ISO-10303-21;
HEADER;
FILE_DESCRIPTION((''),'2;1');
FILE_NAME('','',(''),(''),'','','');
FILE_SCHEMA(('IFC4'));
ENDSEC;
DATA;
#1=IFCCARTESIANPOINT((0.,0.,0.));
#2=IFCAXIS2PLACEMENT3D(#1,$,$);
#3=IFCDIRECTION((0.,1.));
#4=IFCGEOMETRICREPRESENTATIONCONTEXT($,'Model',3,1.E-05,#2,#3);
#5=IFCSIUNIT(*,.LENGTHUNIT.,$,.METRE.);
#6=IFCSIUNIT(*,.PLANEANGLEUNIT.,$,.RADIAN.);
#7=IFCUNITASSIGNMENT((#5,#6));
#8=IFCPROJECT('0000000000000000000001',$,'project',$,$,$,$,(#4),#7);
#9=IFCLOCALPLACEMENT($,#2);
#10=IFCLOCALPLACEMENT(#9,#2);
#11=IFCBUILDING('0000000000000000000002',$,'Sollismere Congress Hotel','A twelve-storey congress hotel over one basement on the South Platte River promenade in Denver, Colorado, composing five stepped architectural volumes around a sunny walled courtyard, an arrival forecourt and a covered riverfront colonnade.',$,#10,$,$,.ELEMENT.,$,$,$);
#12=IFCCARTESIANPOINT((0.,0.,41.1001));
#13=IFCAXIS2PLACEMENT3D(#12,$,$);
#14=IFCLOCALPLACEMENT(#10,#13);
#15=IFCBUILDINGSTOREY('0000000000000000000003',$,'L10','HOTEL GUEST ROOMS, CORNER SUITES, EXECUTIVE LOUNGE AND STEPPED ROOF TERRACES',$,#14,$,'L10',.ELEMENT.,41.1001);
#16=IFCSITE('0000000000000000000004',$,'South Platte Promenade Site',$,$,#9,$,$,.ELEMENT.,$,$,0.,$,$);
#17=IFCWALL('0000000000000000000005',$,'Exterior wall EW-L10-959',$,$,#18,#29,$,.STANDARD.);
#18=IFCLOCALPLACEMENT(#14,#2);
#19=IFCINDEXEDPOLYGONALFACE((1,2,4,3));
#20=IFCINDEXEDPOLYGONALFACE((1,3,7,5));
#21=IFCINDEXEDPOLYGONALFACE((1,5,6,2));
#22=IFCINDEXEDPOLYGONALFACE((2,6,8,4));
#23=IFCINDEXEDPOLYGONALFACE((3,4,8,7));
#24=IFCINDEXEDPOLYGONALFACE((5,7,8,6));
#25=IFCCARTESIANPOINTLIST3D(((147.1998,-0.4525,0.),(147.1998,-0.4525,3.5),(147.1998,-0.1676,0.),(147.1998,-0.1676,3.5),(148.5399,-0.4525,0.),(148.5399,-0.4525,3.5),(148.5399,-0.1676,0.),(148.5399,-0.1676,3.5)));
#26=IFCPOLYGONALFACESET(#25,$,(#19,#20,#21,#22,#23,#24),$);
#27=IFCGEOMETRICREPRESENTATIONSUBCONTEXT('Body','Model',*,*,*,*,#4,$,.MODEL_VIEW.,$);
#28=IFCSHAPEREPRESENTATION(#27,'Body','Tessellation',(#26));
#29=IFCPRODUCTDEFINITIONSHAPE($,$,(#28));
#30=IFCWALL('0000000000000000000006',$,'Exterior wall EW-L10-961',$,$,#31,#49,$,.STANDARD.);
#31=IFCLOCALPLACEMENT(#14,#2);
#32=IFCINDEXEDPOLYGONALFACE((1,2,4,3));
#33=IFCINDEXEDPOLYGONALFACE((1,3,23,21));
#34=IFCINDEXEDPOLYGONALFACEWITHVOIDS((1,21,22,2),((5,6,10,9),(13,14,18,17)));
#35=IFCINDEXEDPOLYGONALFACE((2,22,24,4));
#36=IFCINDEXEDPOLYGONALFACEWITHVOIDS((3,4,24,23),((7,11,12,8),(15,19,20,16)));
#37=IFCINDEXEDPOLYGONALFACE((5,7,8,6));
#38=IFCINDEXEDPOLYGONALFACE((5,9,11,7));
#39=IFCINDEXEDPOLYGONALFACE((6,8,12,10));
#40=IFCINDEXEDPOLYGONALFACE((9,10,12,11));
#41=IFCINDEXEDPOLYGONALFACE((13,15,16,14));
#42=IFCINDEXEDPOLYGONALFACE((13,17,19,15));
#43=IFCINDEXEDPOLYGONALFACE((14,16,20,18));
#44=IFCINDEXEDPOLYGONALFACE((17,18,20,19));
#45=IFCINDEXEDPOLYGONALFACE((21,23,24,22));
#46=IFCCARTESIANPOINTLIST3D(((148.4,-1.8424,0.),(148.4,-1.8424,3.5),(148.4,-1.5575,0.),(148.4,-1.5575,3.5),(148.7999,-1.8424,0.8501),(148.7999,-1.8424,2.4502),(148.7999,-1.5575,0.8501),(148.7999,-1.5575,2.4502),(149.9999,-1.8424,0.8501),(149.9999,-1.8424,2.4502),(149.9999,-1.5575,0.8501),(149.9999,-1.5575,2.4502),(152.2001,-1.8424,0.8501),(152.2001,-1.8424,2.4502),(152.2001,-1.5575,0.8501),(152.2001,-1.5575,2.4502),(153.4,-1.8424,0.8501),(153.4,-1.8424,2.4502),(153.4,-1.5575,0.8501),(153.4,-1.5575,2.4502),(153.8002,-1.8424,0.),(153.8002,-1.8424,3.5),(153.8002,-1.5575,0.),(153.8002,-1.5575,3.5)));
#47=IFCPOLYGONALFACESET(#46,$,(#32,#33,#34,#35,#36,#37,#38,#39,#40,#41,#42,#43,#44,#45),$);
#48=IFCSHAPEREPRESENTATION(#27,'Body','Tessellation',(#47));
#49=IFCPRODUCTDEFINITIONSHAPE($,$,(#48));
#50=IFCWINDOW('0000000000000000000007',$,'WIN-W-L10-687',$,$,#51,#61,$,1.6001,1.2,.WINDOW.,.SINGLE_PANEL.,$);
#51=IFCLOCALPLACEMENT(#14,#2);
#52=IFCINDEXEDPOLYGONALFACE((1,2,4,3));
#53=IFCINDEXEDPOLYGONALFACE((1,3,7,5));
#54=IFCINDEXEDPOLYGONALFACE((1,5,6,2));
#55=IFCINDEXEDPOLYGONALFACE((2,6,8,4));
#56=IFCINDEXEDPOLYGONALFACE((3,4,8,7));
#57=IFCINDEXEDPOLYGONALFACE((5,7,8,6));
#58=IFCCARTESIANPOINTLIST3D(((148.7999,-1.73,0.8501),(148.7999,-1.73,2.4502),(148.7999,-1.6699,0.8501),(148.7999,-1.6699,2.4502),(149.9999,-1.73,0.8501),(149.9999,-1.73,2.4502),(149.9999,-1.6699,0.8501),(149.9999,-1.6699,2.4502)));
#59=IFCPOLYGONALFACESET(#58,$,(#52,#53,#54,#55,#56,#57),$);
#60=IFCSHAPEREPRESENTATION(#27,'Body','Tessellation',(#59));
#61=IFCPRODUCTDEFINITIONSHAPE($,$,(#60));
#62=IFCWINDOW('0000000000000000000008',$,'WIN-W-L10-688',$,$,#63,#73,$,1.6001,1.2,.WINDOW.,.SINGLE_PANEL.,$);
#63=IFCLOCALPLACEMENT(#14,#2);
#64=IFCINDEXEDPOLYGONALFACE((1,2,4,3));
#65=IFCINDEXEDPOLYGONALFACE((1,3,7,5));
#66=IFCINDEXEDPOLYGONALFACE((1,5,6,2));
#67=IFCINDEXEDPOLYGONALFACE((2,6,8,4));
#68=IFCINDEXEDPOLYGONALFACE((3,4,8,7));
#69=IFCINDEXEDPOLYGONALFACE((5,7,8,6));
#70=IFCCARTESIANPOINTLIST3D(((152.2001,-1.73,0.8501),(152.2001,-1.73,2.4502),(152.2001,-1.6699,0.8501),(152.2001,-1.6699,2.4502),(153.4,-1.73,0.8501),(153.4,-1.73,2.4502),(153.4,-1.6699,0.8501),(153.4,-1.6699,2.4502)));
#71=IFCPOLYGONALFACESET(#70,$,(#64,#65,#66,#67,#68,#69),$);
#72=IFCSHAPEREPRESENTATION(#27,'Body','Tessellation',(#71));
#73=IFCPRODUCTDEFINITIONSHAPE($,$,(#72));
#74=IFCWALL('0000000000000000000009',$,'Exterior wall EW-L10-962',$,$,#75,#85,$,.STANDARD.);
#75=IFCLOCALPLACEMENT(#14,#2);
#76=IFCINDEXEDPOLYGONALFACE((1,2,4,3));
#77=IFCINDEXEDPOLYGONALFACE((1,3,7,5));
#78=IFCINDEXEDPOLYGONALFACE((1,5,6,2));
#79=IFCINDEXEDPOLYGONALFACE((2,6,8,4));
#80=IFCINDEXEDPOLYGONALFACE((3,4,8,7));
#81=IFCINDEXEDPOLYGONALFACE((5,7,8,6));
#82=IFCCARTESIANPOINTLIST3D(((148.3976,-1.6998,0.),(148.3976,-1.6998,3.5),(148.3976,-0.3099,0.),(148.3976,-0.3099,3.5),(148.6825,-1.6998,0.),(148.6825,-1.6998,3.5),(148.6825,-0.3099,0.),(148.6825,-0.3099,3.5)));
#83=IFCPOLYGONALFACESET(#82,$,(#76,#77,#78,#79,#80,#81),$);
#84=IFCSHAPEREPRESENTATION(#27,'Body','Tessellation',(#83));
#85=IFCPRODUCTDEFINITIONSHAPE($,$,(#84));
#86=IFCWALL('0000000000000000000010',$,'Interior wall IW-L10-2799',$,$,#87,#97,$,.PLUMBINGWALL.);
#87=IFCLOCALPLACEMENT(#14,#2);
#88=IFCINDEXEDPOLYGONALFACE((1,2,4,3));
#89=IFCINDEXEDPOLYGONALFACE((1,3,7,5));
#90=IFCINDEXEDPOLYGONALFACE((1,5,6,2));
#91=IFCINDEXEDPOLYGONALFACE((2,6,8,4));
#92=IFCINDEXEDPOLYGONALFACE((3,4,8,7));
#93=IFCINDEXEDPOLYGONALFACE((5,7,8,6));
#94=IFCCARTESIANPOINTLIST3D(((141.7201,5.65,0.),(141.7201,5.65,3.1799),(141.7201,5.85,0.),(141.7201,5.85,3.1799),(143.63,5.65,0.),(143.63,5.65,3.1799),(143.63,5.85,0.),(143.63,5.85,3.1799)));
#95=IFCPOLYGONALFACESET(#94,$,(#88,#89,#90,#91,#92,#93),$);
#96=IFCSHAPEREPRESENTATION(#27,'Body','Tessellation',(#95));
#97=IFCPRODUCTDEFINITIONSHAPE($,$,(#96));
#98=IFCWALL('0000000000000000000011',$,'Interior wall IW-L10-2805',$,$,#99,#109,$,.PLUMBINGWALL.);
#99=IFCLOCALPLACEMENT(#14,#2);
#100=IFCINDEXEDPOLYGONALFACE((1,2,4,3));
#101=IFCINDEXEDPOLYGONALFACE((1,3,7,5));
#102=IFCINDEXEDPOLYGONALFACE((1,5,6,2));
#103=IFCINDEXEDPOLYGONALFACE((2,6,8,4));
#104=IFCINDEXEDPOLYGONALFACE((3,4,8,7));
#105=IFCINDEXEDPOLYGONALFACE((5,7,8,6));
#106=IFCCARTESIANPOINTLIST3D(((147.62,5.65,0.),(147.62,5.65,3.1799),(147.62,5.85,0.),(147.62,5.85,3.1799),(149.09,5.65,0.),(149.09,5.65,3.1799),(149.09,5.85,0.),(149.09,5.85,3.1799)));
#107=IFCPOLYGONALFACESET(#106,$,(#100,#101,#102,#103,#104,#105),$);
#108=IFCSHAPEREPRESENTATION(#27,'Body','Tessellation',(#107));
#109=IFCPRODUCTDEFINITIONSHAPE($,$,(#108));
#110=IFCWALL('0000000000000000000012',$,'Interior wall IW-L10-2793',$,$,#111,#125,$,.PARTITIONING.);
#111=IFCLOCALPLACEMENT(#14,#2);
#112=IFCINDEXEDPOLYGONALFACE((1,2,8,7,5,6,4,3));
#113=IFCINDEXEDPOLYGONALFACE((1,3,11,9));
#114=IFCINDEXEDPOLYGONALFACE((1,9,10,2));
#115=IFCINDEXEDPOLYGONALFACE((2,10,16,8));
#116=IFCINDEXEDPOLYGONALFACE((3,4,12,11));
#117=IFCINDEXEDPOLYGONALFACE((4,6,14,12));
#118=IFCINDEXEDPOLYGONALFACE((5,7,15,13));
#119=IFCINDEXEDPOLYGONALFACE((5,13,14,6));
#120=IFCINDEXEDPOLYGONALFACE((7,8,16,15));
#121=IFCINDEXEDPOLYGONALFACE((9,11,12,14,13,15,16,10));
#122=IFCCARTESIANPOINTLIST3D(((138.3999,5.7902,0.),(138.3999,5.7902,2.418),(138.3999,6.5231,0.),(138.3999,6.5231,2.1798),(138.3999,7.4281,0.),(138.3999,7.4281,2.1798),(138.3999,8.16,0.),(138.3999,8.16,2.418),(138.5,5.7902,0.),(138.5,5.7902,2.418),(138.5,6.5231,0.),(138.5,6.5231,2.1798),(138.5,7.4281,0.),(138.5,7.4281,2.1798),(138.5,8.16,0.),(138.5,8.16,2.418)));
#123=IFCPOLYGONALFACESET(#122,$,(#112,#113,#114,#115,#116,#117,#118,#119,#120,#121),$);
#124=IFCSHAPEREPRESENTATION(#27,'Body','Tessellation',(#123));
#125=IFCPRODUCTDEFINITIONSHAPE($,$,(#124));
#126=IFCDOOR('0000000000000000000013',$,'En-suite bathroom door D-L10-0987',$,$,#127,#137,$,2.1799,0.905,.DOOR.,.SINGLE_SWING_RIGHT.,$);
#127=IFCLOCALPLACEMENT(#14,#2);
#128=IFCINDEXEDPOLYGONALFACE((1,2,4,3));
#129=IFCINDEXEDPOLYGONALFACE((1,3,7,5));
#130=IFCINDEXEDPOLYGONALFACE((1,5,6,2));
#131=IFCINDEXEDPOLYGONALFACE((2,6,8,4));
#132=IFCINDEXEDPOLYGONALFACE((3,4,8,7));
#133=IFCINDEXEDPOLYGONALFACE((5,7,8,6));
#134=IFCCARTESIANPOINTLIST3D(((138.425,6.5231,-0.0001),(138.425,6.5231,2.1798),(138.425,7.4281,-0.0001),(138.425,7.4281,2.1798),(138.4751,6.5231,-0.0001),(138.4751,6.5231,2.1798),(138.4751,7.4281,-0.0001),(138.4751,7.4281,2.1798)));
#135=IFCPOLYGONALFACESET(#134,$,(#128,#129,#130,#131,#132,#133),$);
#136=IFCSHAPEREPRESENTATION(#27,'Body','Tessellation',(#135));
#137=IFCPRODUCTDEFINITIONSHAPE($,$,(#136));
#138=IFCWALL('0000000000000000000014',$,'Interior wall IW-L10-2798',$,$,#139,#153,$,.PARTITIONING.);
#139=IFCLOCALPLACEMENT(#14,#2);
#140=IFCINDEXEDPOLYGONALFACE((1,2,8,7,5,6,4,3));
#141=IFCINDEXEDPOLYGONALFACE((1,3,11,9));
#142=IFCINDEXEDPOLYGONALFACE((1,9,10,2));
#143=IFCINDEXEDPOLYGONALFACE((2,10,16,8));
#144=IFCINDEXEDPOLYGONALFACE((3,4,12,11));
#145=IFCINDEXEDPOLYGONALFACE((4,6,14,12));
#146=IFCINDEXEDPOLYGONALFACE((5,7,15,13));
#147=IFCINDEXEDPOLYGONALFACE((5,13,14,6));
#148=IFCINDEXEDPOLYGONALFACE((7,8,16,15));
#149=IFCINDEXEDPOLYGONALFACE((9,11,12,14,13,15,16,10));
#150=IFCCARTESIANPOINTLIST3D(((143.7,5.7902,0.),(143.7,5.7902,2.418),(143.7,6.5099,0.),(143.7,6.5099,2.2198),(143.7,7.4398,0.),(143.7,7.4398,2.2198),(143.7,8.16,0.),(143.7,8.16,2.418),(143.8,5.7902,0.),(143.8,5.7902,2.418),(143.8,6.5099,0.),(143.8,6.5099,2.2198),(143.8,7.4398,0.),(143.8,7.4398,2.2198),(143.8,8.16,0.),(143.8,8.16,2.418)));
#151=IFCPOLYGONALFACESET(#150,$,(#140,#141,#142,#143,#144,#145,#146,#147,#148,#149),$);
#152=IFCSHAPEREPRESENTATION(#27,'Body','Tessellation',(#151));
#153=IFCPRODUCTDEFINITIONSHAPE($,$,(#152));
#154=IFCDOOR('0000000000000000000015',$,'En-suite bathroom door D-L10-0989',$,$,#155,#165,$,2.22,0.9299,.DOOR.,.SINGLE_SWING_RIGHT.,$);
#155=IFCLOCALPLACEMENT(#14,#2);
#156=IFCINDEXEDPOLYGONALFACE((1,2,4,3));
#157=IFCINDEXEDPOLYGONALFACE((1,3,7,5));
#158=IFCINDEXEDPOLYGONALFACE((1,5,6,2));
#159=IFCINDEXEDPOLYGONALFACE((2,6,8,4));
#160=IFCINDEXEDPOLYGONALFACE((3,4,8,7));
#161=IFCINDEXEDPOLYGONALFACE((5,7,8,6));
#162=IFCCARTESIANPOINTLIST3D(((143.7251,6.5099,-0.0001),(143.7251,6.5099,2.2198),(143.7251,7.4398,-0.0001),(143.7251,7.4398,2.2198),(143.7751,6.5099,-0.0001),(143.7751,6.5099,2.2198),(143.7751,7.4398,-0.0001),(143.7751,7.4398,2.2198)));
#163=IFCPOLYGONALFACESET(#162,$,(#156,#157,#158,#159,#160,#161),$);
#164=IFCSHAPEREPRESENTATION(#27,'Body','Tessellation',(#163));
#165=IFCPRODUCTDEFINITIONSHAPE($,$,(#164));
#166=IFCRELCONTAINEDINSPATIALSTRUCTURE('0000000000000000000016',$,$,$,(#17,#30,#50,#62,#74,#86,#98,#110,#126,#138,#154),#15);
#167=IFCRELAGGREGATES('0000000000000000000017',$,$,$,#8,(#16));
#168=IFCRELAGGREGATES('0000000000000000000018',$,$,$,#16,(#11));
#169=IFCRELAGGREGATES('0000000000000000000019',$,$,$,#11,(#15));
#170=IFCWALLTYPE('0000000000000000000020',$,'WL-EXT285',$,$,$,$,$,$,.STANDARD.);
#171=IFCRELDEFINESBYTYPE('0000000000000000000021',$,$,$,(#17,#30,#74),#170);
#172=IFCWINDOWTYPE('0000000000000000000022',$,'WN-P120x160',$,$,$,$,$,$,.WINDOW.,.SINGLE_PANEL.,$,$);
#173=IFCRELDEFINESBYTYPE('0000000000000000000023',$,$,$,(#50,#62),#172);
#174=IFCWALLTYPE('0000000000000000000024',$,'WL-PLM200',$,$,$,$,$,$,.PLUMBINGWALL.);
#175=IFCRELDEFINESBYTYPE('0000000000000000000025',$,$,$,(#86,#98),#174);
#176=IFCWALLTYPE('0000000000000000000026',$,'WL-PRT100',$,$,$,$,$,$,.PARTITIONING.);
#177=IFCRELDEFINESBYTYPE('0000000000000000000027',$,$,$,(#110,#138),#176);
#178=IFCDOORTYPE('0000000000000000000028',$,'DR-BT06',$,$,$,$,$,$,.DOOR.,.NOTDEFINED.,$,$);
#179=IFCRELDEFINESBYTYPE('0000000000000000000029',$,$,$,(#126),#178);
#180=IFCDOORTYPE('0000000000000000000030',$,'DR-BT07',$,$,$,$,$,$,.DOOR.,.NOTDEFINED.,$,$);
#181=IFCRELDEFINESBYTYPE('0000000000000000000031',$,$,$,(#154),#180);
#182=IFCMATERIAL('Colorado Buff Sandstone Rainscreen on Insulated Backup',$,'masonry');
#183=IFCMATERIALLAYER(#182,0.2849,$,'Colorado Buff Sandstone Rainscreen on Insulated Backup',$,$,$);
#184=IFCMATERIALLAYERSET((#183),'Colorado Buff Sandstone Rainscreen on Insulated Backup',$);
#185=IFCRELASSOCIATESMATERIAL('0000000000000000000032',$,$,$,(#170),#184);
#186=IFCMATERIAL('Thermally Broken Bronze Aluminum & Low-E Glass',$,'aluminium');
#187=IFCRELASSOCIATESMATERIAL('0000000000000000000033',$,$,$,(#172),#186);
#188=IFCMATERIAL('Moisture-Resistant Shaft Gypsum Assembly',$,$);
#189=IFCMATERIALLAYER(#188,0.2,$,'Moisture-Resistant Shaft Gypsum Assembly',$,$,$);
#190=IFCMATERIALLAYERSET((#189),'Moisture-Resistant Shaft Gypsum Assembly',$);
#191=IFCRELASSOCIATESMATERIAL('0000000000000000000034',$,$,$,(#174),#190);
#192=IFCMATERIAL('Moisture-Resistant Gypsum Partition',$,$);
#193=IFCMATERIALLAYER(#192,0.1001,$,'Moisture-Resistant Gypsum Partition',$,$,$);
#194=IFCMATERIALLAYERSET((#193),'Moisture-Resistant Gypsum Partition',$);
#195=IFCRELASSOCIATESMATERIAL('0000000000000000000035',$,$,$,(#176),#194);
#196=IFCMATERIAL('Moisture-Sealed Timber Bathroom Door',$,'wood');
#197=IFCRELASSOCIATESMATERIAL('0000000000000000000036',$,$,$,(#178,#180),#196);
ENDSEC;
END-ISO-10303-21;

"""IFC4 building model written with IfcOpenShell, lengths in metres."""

from ifc_helpers import new_model, si_unit, direction, frame, frame_2d, origin, place, context, subcontext, project, spatial, rectangle, extrude, material, layer, layer_set, type_object, element, fill, save


model = new_model("IFC4")

# Units and contexts
model_context = context("Model", 3, precision=1e-05, world=origin(), true_north=direction((0.0, 1.0)))
body_context = subcontext(model_context, "Body", "Model", "MODEL_VIEW")
ifc_project = project(units=[si_unit("LENGTHUNIT", "METRE"), si_unit("PLANEANGLEUNIT", "RADIAN")], contexts=[model_context])

# Site, building, storey
site_placement = place(None, origin())
site = spatial("IfcSite", under=ifc_project, at=site_placement, Name="South Platte Promenade Site", CompositionType="ELEMENT", RefElevation=0.0)
building_placement = place(site_placement, origin())
building = spatial("IfcBuilding", under=site, at=building_placement, Name="Sollismere Congress Hotel", Description="A twelve-storey congress hotel over one basement on the South Platte River promenade in Denver, Colorado, composing five stepped architectural volumes around a sunny walled courtyard, an arrival forecourt and a covered riverfront colonnade.", CompositionType="ELEMENT")
storey_placement = place(building_placement, frame((0.0, 0.0, 41.1001)))
storey = spatial("IfcBuildingStorey", under=building, at=storey_placement, Name="L10", Description="HOTEL GUEST ROOMS, CORNER SUITES, EXECUTIVE LOUNGE AND STEPPED ROOF TERRACES", LongName="L10", CompositionType="ELEMENT", Elevation=41.1001)

# Wall
ifc_material_1 = material(Name="Colorado Buff Sandstone Rainscreen on Insulated Backup", Category="masonry")
ifc_layer_1 = layer(ifc_material_1, 0.2849, Name="Colorado Buff Sandstone Rainscreen on Insulated Backup")
ifc_layer_set_1 = layer_set([ifc_layer_1], Name="Colorado Buff Sandstone Rainscreen on Insulated Backup")
wall_type_1 = type_object("IfcWallType", Name="WL-EXT285", PredefinedType="STANDARD", material=ifc_layer_set_1)
wall_1_placement = place(storey_placement, frame((147.2, -0.3101, 0.0), z_axis=(0.0, 0.0, 1.0), x_axis=(1.0, 0.0, 0.0)))
element("IfcWall", 1, at=wall_1_placement, inside=storey, type_object=wall_type_1, Name="Exterior wall EW-L10-959", PredefinedType="STANDARD", context=body_context, shape_type="SweptSolid", body=[
    extrude(rectangle(XDim=1.3401, YDim=0.2849, at=frame_2d((0.6699, 0.0))), origin(), (0.0, 0.0, 1.0), 3.5),
])

# Wall, openings, windows
wall_2_placement = place(storey_placement, frame((148.3999, -1.7, 0.0), z_axis=(0.0, 0.0, 1.0), x_axis=(1.0, 0.0, 0.0)))
wall_2 = element("IfcWall", 2, at=wall_2_placement, inside=storey, type_object=wall_type_1, Name="Exterior wall EW-L10-961", PredefinedType="STANDARD", context=body_context, shape_type="SweptSolid", body=[
    extrude(rectangle(XDim=5.4001, YDim=0.2849, at=frame_2d((2.7002, 0.0))), origin(), (0.0, 0.0, 1.0), 3.5),
])
opening_1_placement = place(wall_2_placement, frame((0.3999, 0.0, 0.8501)))
opening_1 = element("IfcOpeningElement", 3, at=opening_1_placement, cuts=wall_2, PredefinedType="OPENING", context=body_context, shape_type="SweptSolid", body=[
    extrude(rectangle(XDim=1.2, YDim=1.6001, at=frame_2d((0.6001, 0.8))), frame((0.0, 0.1523, 0.0), z_axis=(0.0, -1.0, 0.0), x_axis=(1.0, 0.0, 0.0)), (0.0, 0.0, 1.0), 0.3049),
])
opening_2_placement = place(wall_2_placement, frame((3.8, 0.0, 0.8501)))
opening_2 = element("IfcOpeningElement", 4, at=opening_2_placement, cuts=wall_2, PredefinedType="OPENING", context=body_context, shape_type="SweptSolid", body=[
    extrude(rectangle(XDim=1.2, YDim=1.6001, at=frame_2d((0.6001, 0.8))), frame((0.0, 0.1523, 0.0), z_axis=(0.0, -1.0, 0.0), x_axis=(1.0, 0.0, 0.0)), (0.0, 0.0, 1.0), 0.3049),
])
ifc_material_2 = material(Name="Thermally Broken Bronze Aluminum & Low-E Glass", Category="aluminium")
window_type = type_object("IfcWindowType", Name="WN-P120x160", PartitioningType="SINGLE_PANEL", PredefinedType="WINDOW", material=ifc_material_2)
window_1_placement = place(opening_1_placement, origin())
window_1 = element("IfcWindow", 5, at=window_1_placement, inside=storey, type_object=window_type, Name="WIN-W-L10-687", OverallHeight=1.6001, OverallWidth=1.2, PartitioningType="SINGLE_PANEL", PredefinedType="WINDOW", context=body_context, shape_type="SweptSolid", body=[
    extrude(rectangle(XDim=1.2, YDim=1.6001, at=frame_2d((0.6001, 0.8))), frame((0.0, 0.03, 0.0), z_axis=(0.0, -1.0, 0.0), x_axis=(1.0, 0.0, 0.0)), (0.0, 0.0, 1.0), 0.0601),
])
fill(opening_1, window_1)
window_2_placement = place(opening_2_placement, origin())
window_2 = element("IfcWindow", 6, at=window_2_placement, inside=storey, type_object=window_type, Name="WIN-W-L10-688", OverallHeight=1.6001, OverallWidth=1.2, PartitioningType="SINGLE_PANEL", PredefinedType="WINDOW", context=body_context, shape_type="SweptSolid", body=[
    extrude(rectangle(XDim=1.2, YDim=1.6001, at=frame_2d((0.6001, 0.8))), frame((0.0, 0.03, 0.0), z_axis=(0.0, -1.0, 0.0), x_axis=(1.0, 0.0, 0.0)), (0.0, 0.0, 1.0), 0.0601),
])
fill(opening_2, window_2)

# Walls
wall_3_placement = place(storey_placement, frame((148.54, -0.3101, 0.0), z_axis=(0.0, 0.0, 1.0), x_axis=(0.0, -1.0, 0.0)))
element("IfcWall", 7, at=wall_3_placement, inside=storey, type_object=wall_type_1, Name="Exterior wall EW-L10-962", PredefinedType="STANDARD", context=body_context, shape_type="SweptSolid", body=[
    extrude(rectangle(XDim=1.3899, YDim=0.2849, at=frame_2d((0.6948, 0.0))), origin(), (0.0, 0.0, 1.0), 3.5),
])
ifc_material_3 = material(Name="Moisture-Resistant Shaft Gypsum Assembly")
ifc_layer_2 = layer(ifc_material_3, 0.2, Name="Moisture-Resistant Shaft Gypsum Assembly")
ifc_layer_set_2 = layer_set([ifc_layer_2], Name="Moisture-Resistant Shaft Gypsum Assembly")
wall_type_2 = type_object("IfcWallType", Name="WL-PLM200", PredefinedType="PLUMBINGWALL", material=ifc_layer_set_2)
wall_4_placement = place(storey_placement, frame((141.72, 5.75, 0.0), z_axis=(0.0, 0.0, 1.0), x_axis=(1.0, 0.0, 0.0)))
element("IfcWall", 8, at=wall_4_placement, inside=storey, type_object=wall_type_2, Name="Interior wall IW-L10-2799", PredefinedType="PLUMBINGWALL", context=body_context, shape_type="SweptSolid", body=[
    extrude(rectangle(XDim=1.9099, YDim=0.2, at=frame_2d((0.9551, 0.0))), origin(), (0.0, 0.0, 1.0), 3.1799),
])
wall_5_placement = place(storey_placement, frame((147.6201, 5.75, 0.0), z_axis=(0.0, 0.0, 1.0), x_axis=(1.0, 0.0, 0.0)))
element("IfcWall", 9, at=wall_5_placement, inside=storey, type_object=wall_type_2, Name="Interior wall IW-L10-2805", PredefinedType="PLUMBINGWALL", context=body_context, shape_type="SweptSolid", body=[
    extrude(rectangle(XDim=1.47, YDim=0.2, at=frame_2d((0.7349, 0.0))), origin(), (0.0, 0.0, 1.0), 3.1799),
])

# Walls, openings, doors
ifc_material_4 = material(Name="Moisture-Resistant Gypsum Partition")
ifc_layer_3 = layer(ifc_material_4, 0.1001, Name="Moisture-Resistant Gypsum Partition")
ifc_layer_set_3 = layer_set([ifc_layer_3], Name="Moisture-Resistant Gypsum Partition")
wall_type_3 = type_object("IfcWallType", Name="WL-PRT100", PredefinedType="PARTITIONING", material=ifc_layer_set_3)
wall_6_placement = place(storey_placement, frame((138.45, 5.79, 0.0), z_axis=(0.0, 0.0, 1.0), x_axis=(0.0, 1.0, 0.0)))
wall_6 = element("IfcWall", 10, at=wall_6_placement, inside=storey, type_object=wall_type_3, Name="Interior wall IW-L10-2793", PredefinedType="PARTITIONING", context=body_context, shape_type="SweptSolid", body=[
    extrude(rectangle(XDim=2.3699, YDim=0.1001, at=frame_2d((1.1851, 0.0))), origin(), (0.0, 0.0, 1.0), 2.418),
])
opening_3_placement = place(wall_6_placement, frame((0.7329, 0.0, 0.0)))
opening_3 = element("IfcOpeningElement", 11, at=opening_3_placement, cuts=wall_6, PredefinedType="OPENING", context=body_context, shape_type="SweptSolid", body=[
    extrude(rectangle(XDim=0.905, YDim=2.1799, at=frame_2d((0.4526, 1.0898))), frame((0.0, 0.0601, 0.0), z_axis=(0.0, -1.0, 0.0), x_axis=(1.0, 0.0, 0.0)), (0.0, 0.0, 1.0), 0.1201),
])
ifc_material_5 = material(Name="Moisture-Sealed Timber Bathroom Door", Category="wood")
door_type_1 = type_object("IfcDoorType", Name="DR-BT06", OperationType="NOTDEFINED", PredefinedType="DOOR", material=ifc_material_5)
door_1_placement = place(opening_3_placement, origin())
door_1 = element("IfcDoor", 12, at=door_1_placement, inside=storey, type_object=door_type_1, Name="En-suite bathroom door D-L10-0987", OperationType="SINGLE_SWING_RIGHT", OverallHeight=2.1799, OverallWidth=0.905, PredefinedType="DOOR", context=body_context, shape_type="SweptSolid", body=[
    extrude(rectangle(XDim=0.905, YDim=2.1799, at=frame_2d((0.4526, 1.0898))), frame((0.0, 0.0249, 0.0), z_axis=(0.0, -1.0, 0.0), x_axis=(1.0, 0.0, 0.0)), (0.0, 0.0, 1.0), 0.05),
])
fill(opening_3, door_1)
wall_7_placement = place(storey_placement, frame((143.75, 5.79, 0.0), z_axis=(0.0, 0.0, 1.0), x_axis=(0.0, 1.0, 0.0)))
wall_7 = element("IfcWall", 13, at=wall_7_placement, inside=storey, type_object=wall_type_3, Name="Interior wall IW-L10-2798", PredefinedType="PARTITIONING", context=body_context, shape_type="SweptSolid", body=[
    extrude(rectangle(XDim=2.3699, YDim=0.1001, at=frame_2d((1.1851, 0.0))), origin(), (0.0, 0.0, 1.0), 2.418),
])
opening_4_placement = place(wall_7_placement, frame((0.72, 0.0, 0.0)))
opening_4 = element("IfcOpeningElement", 14, at=opening_4_placement, cuts=wall_7, PredefinedType="OPENING", context=body_context, shape_type="SweptSolid", body=[
    extrude(rectangle(XDim=0.9299, YDim=2.22, at=frame_2d((0.4648, 1.1099))), frame((0.0, 0.0601, 0.0), z_axis=(0.0, -1.0, 0.0), x_axis=(1.0, 0.0, 0.0)), (0.0, 0.0, 1.0), 0.1201),
])
door_type_2 = type_object("IfcDoorType", Name="DR-BT07", OperationType="NOTDEFINED", PredefinedType="DOOR", material=ifc_material_5)
door_2_placement = place(opening_4_placement, origin())
door_2 = element("IfcDoor", 15, at=door_2_placement, inside=storey, type_object=door_type_2, Name="En-suite bathroom door D-L10-0989", OperationType="SINGLE_SWING_RIGHT", OverallHeight=2.22, OverallWidth=0.9299, PredefinedType="DOOR", context=body_context, shape_type="SweptSolid", body=[
    extrude(rectangle(XDim=0.9299, YDim=2.22, at=frame_2d((0.4648, 1.1099))), frame((0.0, 0.0249, 0.0), z_axis=(0.0, -1.0, 0.0), x_axis=(1.0, 0.0, 0.0)), (0.0, 0.0, 1.0), 0.05),
])
fill(opening_4, door_2)

save(model, "model.ifc")
